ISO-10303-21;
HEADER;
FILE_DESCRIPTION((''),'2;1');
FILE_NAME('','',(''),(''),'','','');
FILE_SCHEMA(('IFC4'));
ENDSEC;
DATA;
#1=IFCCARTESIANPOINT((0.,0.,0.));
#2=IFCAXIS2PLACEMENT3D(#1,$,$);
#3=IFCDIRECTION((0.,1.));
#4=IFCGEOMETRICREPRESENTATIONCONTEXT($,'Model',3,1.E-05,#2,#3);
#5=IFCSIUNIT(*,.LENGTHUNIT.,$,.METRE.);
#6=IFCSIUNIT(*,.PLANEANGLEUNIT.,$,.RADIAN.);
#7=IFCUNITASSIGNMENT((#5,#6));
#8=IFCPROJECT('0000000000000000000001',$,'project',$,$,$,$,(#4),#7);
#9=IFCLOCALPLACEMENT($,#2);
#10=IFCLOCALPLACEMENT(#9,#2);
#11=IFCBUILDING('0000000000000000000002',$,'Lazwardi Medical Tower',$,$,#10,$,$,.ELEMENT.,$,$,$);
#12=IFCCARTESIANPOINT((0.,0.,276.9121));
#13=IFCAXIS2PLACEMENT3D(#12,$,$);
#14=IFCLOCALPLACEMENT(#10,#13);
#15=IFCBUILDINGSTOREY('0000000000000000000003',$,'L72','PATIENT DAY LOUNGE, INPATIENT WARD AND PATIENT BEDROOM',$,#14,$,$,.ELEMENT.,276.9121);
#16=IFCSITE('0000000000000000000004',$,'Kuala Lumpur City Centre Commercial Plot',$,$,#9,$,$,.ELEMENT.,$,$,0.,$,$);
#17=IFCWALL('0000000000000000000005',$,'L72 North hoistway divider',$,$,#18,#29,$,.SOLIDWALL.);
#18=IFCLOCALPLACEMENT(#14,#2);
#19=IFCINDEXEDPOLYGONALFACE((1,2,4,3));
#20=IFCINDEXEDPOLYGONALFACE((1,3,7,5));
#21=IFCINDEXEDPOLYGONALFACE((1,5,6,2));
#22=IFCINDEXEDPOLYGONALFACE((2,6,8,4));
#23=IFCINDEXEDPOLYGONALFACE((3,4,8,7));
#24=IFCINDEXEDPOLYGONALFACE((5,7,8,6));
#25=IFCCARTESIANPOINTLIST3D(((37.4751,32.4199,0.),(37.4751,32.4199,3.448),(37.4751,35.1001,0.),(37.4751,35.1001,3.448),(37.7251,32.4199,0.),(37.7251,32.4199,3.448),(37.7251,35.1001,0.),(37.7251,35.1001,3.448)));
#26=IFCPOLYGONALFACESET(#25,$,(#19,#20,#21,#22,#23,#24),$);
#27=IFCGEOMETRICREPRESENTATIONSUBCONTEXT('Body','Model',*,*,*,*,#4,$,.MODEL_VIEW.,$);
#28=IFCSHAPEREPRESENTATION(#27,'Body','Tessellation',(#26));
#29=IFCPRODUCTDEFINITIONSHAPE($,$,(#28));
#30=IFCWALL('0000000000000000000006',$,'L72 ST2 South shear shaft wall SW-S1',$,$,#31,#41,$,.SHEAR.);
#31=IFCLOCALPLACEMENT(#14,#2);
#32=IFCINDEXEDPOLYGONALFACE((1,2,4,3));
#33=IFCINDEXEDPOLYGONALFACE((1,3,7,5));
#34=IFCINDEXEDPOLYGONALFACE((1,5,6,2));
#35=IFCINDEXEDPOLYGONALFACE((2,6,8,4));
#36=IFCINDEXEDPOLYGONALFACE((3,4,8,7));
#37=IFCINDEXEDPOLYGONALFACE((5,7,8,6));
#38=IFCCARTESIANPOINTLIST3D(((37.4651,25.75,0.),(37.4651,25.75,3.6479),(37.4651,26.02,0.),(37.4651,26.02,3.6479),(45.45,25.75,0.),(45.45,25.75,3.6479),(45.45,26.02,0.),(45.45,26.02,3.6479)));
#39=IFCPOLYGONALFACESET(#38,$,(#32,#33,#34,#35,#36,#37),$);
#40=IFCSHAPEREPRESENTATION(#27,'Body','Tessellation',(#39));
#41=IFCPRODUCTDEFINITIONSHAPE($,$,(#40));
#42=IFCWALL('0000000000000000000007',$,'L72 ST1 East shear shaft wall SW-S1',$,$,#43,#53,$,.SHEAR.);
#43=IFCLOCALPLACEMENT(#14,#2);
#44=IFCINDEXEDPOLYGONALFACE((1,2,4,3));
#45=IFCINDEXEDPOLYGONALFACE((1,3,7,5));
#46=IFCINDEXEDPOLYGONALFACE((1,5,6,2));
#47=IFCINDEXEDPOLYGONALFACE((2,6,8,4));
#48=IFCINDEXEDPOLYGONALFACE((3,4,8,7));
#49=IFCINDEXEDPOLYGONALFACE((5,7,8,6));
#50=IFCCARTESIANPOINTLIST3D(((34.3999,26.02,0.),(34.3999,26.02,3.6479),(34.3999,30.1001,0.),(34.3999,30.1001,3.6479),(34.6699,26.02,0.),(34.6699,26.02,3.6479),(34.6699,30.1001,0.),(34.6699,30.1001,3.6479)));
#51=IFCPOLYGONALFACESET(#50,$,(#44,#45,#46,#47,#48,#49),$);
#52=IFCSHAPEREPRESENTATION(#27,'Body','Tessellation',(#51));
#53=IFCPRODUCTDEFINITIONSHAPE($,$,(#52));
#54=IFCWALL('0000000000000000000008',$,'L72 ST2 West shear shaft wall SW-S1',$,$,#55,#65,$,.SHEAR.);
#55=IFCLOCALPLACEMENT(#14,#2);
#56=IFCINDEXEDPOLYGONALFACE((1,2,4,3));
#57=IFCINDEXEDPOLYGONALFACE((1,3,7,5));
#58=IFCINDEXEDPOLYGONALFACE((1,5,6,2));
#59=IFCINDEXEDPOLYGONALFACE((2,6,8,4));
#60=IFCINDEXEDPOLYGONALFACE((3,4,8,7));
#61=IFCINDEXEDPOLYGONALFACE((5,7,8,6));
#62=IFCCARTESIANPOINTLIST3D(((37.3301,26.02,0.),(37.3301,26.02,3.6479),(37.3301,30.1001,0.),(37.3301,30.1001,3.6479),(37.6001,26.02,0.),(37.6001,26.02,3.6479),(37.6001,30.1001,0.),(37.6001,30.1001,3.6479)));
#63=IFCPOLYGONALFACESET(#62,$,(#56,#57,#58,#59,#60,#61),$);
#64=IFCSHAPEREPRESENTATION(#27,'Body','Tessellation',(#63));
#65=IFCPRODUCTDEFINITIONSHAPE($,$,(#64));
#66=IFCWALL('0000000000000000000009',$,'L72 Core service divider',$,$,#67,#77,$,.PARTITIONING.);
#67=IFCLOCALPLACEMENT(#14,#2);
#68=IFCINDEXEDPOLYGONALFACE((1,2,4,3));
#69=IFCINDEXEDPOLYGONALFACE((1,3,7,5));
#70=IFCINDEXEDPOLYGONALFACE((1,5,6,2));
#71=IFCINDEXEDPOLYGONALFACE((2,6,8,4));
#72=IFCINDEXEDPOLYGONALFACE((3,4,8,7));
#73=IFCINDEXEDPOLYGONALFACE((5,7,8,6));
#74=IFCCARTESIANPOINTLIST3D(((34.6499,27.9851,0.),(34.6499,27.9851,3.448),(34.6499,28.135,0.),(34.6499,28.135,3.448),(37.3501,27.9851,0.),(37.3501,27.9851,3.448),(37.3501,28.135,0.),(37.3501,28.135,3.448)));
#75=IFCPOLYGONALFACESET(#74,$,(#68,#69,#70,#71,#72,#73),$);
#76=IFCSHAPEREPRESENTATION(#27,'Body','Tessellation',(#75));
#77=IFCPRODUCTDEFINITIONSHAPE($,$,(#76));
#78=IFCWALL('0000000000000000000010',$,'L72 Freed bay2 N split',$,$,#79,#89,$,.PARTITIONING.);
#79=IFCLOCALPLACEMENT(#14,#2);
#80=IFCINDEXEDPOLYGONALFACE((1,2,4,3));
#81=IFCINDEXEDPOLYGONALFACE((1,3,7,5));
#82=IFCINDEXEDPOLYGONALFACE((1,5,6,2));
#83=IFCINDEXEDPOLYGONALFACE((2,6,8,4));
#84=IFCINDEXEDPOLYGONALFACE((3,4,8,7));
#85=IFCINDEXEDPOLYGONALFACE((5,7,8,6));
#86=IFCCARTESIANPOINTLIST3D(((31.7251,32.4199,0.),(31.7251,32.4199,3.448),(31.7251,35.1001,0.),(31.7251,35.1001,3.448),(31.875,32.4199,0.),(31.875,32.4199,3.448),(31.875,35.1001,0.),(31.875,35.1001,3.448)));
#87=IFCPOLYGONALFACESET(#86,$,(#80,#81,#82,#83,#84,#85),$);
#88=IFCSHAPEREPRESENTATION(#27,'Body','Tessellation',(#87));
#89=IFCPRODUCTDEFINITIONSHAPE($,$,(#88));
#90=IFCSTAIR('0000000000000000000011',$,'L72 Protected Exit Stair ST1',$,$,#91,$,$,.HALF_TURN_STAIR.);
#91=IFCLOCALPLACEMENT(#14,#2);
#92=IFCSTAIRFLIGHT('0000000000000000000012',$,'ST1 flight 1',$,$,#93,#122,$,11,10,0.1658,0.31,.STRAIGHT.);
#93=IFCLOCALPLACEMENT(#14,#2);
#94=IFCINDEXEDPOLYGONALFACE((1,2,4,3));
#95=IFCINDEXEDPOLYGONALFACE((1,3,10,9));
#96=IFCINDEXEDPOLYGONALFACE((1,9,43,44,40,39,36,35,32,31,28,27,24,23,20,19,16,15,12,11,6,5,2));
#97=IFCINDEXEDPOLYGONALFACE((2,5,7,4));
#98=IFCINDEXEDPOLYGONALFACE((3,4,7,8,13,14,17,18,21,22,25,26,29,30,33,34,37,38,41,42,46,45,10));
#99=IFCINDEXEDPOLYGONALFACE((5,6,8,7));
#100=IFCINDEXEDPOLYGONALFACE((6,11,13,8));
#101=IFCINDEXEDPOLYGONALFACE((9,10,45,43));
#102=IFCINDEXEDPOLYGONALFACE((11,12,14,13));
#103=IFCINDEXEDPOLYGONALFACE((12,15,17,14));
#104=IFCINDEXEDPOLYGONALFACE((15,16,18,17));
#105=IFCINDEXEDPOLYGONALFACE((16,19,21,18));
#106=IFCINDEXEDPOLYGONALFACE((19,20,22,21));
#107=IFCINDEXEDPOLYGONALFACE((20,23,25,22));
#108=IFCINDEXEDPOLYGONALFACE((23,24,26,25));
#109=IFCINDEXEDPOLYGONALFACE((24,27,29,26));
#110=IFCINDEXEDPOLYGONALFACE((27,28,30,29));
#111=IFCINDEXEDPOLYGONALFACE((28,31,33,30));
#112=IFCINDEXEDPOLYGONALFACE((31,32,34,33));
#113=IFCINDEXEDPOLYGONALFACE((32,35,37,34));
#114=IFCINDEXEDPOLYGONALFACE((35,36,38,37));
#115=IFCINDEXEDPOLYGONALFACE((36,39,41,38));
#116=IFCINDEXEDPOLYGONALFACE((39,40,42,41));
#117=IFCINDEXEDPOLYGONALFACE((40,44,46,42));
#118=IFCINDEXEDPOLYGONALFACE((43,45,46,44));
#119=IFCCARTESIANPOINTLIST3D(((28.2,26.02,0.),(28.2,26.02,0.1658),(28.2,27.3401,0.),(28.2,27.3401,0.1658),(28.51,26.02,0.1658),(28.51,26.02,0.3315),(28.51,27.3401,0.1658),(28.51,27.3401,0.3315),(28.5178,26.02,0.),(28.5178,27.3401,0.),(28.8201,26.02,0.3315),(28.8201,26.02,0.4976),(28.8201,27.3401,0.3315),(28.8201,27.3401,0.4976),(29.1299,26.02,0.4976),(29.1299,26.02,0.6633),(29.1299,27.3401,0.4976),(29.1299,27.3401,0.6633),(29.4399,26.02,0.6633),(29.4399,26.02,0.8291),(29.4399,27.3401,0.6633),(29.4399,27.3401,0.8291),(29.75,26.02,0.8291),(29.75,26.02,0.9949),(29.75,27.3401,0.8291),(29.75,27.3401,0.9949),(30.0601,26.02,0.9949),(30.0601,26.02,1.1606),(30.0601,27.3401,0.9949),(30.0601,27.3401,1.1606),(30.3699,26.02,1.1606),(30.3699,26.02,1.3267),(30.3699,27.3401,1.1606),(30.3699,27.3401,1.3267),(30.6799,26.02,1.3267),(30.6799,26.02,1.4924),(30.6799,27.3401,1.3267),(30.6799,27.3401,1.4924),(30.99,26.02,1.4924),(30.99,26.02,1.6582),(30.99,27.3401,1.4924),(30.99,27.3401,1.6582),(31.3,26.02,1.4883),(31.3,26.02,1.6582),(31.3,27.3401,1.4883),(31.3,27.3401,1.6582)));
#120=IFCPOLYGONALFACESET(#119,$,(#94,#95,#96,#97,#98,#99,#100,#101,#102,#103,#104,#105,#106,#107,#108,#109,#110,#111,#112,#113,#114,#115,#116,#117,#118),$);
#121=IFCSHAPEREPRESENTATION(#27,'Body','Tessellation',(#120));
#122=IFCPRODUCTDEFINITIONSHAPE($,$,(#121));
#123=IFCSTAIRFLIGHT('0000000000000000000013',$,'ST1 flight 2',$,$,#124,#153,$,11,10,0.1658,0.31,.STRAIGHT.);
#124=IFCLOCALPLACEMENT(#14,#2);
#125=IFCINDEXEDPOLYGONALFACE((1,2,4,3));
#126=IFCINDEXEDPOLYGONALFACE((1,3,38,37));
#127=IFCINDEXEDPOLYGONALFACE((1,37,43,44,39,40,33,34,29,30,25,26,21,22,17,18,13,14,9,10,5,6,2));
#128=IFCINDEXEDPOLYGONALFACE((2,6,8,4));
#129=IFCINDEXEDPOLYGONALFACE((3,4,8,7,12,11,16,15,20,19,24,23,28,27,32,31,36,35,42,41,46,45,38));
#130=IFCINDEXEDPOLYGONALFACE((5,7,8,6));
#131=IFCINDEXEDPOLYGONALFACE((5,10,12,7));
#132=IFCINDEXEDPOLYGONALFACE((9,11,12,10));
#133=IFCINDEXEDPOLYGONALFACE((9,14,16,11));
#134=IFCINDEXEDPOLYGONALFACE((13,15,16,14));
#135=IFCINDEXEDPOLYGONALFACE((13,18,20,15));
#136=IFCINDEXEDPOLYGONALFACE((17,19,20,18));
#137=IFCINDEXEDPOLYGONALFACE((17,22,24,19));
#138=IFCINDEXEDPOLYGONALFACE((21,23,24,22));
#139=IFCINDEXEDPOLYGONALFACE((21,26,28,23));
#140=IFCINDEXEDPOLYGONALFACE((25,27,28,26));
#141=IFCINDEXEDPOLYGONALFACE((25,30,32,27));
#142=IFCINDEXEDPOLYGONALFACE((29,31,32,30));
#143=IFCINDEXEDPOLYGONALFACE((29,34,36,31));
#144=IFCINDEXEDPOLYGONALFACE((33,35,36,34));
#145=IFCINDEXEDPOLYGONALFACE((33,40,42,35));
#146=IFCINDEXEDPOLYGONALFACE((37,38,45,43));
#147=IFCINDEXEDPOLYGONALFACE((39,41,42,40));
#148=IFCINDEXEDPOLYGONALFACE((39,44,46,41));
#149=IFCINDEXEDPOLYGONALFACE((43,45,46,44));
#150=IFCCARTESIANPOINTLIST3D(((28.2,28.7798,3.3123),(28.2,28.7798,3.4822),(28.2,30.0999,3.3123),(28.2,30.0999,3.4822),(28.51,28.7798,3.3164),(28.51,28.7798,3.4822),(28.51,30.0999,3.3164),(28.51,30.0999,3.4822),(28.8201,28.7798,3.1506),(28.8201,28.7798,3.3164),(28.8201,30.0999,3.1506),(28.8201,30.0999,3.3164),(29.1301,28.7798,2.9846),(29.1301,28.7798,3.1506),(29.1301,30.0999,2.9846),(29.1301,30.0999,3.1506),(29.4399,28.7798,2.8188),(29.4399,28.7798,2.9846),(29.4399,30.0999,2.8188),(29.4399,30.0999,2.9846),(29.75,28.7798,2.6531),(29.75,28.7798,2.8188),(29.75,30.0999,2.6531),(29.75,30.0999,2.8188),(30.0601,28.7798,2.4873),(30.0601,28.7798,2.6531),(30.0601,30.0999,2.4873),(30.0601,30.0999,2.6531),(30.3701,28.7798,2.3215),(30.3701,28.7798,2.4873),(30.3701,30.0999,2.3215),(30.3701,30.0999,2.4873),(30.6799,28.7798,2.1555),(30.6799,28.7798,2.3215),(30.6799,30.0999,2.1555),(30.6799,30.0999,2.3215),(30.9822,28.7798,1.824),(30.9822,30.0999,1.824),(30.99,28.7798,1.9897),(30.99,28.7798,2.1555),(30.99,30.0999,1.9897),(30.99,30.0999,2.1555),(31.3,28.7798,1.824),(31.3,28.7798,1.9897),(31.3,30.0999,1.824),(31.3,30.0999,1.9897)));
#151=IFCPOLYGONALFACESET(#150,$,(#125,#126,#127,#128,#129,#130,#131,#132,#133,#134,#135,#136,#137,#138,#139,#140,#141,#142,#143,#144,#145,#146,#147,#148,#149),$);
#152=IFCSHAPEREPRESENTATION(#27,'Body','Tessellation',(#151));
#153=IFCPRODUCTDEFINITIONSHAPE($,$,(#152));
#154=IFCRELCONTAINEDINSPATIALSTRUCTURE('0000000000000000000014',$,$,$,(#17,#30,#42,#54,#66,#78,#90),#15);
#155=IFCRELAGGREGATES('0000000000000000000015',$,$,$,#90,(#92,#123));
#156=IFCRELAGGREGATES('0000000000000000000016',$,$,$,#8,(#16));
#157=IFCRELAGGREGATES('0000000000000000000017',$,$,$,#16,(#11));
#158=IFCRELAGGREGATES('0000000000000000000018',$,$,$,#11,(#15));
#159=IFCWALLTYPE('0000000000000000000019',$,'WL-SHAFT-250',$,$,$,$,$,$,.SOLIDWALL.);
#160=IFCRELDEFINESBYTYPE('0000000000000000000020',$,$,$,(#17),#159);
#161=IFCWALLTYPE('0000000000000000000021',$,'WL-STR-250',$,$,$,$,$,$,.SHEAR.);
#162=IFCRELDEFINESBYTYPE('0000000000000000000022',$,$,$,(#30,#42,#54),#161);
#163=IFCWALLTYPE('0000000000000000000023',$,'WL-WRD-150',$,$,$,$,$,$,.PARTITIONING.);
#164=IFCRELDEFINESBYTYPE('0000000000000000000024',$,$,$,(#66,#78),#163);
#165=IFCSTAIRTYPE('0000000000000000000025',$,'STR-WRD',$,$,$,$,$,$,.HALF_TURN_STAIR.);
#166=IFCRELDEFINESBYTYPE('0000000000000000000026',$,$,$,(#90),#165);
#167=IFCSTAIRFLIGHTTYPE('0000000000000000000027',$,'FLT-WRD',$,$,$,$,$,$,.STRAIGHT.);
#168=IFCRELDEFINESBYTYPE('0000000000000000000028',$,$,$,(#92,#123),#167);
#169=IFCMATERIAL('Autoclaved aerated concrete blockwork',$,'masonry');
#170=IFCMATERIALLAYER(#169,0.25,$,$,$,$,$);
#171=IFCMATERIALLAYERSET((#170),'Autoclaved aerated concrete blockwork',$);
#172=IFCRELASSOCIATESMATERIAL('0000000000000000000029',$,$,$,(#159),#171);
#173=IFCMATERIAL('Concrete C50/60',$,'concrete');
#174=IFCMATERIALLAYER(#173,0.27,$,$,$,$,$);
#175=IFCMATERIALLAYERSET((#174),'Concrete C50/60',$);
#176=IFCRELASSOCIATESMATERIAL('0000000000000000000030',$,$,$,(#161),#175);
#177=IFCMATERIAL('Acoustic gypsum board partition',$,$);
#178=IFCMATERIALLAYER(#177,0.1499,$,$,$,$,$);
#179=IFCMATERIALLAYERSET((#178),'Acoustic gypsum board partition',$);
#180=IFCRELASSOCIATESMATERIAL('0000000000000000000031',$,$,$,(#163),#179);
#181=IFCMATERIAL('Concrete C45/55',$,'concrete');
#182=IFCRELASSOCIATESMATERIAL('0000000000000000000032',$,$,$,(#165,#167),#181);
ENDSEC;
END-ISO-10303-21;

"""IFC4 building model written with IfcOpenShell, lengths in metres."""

from ifc_helpers import new_model, si_unit, direction, frame, frame_2d, origin, place, context, subcontext, project, spatial, polyline, rectangle, outline, extrude, material, layer, layer_set, type_object, element, aggregate, save


model = new_model("IFC4")

# Units and contexts
model_context = context("Model", 3, precision=1e-05, world=origin(), true_north=direction((0.0, 1.0)))
body_context = subcontext(model_context, "Body", "Model", "MODEL_VIEW")
ifc_project = project(units=[si_unit("LENGTHUNIT", "METRE"), si_unit("PLANEANGLEUNIT", "RADIAN")], contexts=[model_context])

# Site, building, storey
site_placement = place(None, origin())
site = spatial("IfcSite", under=ifc_project, at=site_placement, Name="Kuala Lumpur City Centre Commercial Plot", CompositionType="ELEMENT", RefElevation=0.0)
building_placement = place(site_placement, origin())
building = spatial("IfcBuilding", under=site, at=building_placement, Name="Lazwardi Medical Tower", CompositionType="ELEMENT")
storey_placement = place(building_placement, frame((0.0, 0.0, 276.9121)))
storey = spatial("IfcBuildingStorey", under=building, at=storey_placement, Name="L72", Description="PATIENT DAY LOUNGE, INPATIENT WARD AND PATIENT BEDROOM", CompositionType="ELEMENT", Elevation=276.9121)

# Wall
ifc_material_1 = material(Name="Autoclaved aerated concrete blockwork", Category="masonry")
ifc_layer_1 = layer(ifc_material_1, 0.25)
ifc_layer_set_1 = layer_set([ifc_layer_1], Name="Autoclaved aerated concrete blockwork")
wall_type_1 = type_object("IfcWallType", Name="WL-SHAFT-250", PredefinedType="SOLIDWALL", material=ifc_layer_set_1)
wall_1_placement = place(storey_placement, frame((37.6001, 32.4199, 0.0), z_axis=(0.0, 0.0, 1.0), x_axis=(0.0, 1.0, 0.0)))
element("IfcWall", 1, at=wall_1_placement, inside=storey, type_object=wall_type_1, Name="L72 North hoistway divider", PredefinedType="SOLIDWALL", context=body_context, shape_type="SweptSolid", body=[
    extrude(rectangle(XDim=2.6802, YDim=0.25, at=frame_2d((1.3401, 0.0))), origin(), (0.0, 0.0, 1.0), 3.448),
])

# Shared definitions
ifc_material_2 = material(Name="Concrete C50/60", Category="concrete")
ifc_layer_2 = layer(ifc_material_2, 0.27)
ifc_layer_set_2 = layer_set([ifc_layer_2], Name="Concrete C50/60")
wall_type_2 = type_object("IfcWallType", Name="WL-STR-250", PredefinedType="SHEAR", material=ifc_layer_set_2)

# Walls
wall_2_placement = place(storey_placement, frame((37.4651, 25.885, 0.0), z_axis=(0.0, 0.0, 1.0), x_axis=(1.0, 0.0, 0.0)))
element("IfcWall", 2, at=wall_2_placement, inside=storey, type_object=wall_type_2, Name="L72 ST2 South shear shaft wall SW-S1", PredefinedType="SHEAR", context=body_context, shape_type="SweptSolid", body=[
    extrude(rectangle(XDim=7.9849, YDim=0.27, at=frame_2d((3.9924, 0.0))), origin(), (0.0, 0.0, 1.0), 3.6479),
])
for number, where, z_axis, x_axis, name in (
    (3, (34.5349, 26.02, 0.0), (0.0, 0.0, 1.0), (0.0, 1.0, 0.0), "L72 ST1 East shear shaft wall SW-S1"),
    (4, (37.4651, 26.02, 0.0), (0.0, 0.0, 1.0), (0.0, 1.0, 0.0), "L72 ST2 West shear shaft wall SW-S1"),
):
    element("IfcWall", number, at=place(storey_placement, frame(where, z_axis=z_axis, x_axis=x_axis)), inside=storey, type_object=wall_type_2, Name=name, PredefinedType="SHEAR", context=body_context, shape_type="SweptSolid", body=[
        extrude(rectangle(XDim=4.0801, YDim=0.27, at=frame_2d((2.04, 0.0))), origin(), (0.0, 0.0, 1.0), 3.6479),
    ])
ifc_material_3 = material(Name="Acoustic gypsum board partition")
ifc_layer_3 = layer(ifc_material_3, 0.1499)
ifc_layer_set_3 = layer_set([ifc_layer_3], Name="Acoustic gypsum board partition")
wall_type_3 = type_object("IfcWallType", Name="WL-WRD-150", PredefinedType="PARTITIONING", material=ifc_layer_set_3)
wall_3_placement = place(storey_placement, frame((34.6499, 28.0601, 0.0), z_axis=(0.0, 0.0, 1.0), x_axis=(1.0, 0.0, 0.0)))
element("IfcWall", 5, at=wall_3_placement, inside=storey, type_object=wall_type_3, Name="L72 Core service divider", PredefinedType="PARTITIONING", context=body_context, shape_type="SweptSolid", body=[
    extrude(rectangle(XDim=2.7002, YDim=0.1499, at=frame_2d((1.3501, 0.0))), origin(), (0.0, 0.0, 1.0), 3.448),
])
wall_4_placement = place(storey_placement, frame((31.8, 32.4199, 0.0), z_axis=(0.0, 0.0, 1.0), x_axis=(0.0, 1.0, 0.0)))
element("IfcWall", 6, at=wall_4_placement, inside=storey, type_object=wall_type_3, Name="L72 Freed bay2 N split", PredefinedType="PARTITIONING", context=body_context, shape_type="SweptSolid", body=[
    extrude(rectangle(XDim=2.6802, YDim=0.1499, at=frame_2d((1.3401, 0.0))), origin(), (0.0, 0.0, 1.0), 3.448),
])

# Stair, stair flights
ifc_material_4 = material(Name="Concrete C45/55", Category="concrete")
stair_type = type_object("IfcStairType", Name="STR-WRD", PredefinedType="HALF_TURN_STAIR", material=ifc_material_4)
stair_placement = place(storey_placement, origin())
stair = element("IfcStair", 7, at=stair_placement, inside=storey, type_object=stair_type, Name="L72 Protected Exit Stair ST1", PredefinedType="HALF_TURN_STAIR")
stair_flight_type = type_object("IfcStairFlightType", Name="FLT-WRD", PredefinedType="STRAIGHT", material=ifc_material_4)
stair_flight_1_placement = place(storey_placement, frame((28.2, 26.6799, 0.0), z_axis=(0.0, 0.0, 1.0), x_axis=(1.0, 0.0, 0.0)))
stair_flight_1 = element("IfcStairFlight", 8, at=stair_flight_1_placement, type_object=stair_flight_type, Name="ST1 flight 1", NumberOfRisers=11, NumberOfTreads=10, PredefinedType="STRAIGHT", RiserHeight=0.1658, TreadLength=0.31, context=body_context, shape_type="SweptSolid", body=[
    extrude(outline(polyline([(0.0, 0.0), (0.0, 0.1658), (0.3101, 0.1658), (0.3101, 0.3315), (0.6201, 0.3315), (0.6201, 0.4976), (0.9299, 0.4976), (0.9299, 0.6633), (1.24, 0.6633), (1.24, 0.8291), (1.55, 0.8291), (1.55, 0.9949), (1.8601, 0.9949), (1.8601, 1.1606), (2.1699, 1.1606), (2.1699, 1.3267), (2.48, 1.3267), (2.48, 1.4924), (2.79, 1.4924), (2.79, 1.6582), (3.1001, 1.6582), (3.1001, 1.824), (3.1001, 1.4883), (0.3179, 0.0), (0.0, 0.0)])), frame((0.0, 0.6602, 0.0), z_axis=(0.0, -1.0, 0.0), x_axis=(1.0, 0.0, 0.0)), (0.0, 0.0, 1.0), 1.3201),
])
stair_flight_2_placement = place(storey_placement, frame((31.3, 29.4399, 1.824), z_axis=(0.0, 0.0, 1.0), x_axis=(-1.0, 0.0, 0.0)))
stair_flight_2 = element("IfcStairFlight", 9, at=stair_flight_2_placement, type_object=stair_flight_type, Name="ST1 flight 2", NumberOfRisers=11, NumberOfTreads=10, PredefinedType="STRAIGHT", RiserHeight=0.1658, TreadLength=0.31, context=body_context, shape_type="SweptSolid", body=[
    extrude(outline(polyline([(0.0, 0.0), (0.0, 0.1658), (0.3101, 0.1658), (0.3101, 0.3315), (0.6201, 0.3315), (0.6201, 0.4976), (0.9299, 0.4976), (0.9299, 0.6633), (1.24, 0.6633), (1.24, 0.8291), (1.55, 0.8291), (1.55, 0.9949), (1.8601, 0.9949), (1.8601, 1.1606), (2.1699, 1.1606), (2.1699, 1.3267), (2.48, 1.3267), (2.48, 1.4924), (2.79, 1.4924), (2.79, 1.6582), (3.1001, 1.6582), (3.1001, 1.824), (3.1001, 1.4883), (0.3179, 0.0), (0.0, 0.0)])), frame((0.0, 0.6602, 0.0), z_axis=(0.0, -1.0, 0.0), x_axis=(1.0, 0.0, 0.0)), (0.0, 0.0, 1.0), 1.3201),
])
aggregate(stair, [stair_flight_1, stair_flight_2])

save(model, "model.ifc")
